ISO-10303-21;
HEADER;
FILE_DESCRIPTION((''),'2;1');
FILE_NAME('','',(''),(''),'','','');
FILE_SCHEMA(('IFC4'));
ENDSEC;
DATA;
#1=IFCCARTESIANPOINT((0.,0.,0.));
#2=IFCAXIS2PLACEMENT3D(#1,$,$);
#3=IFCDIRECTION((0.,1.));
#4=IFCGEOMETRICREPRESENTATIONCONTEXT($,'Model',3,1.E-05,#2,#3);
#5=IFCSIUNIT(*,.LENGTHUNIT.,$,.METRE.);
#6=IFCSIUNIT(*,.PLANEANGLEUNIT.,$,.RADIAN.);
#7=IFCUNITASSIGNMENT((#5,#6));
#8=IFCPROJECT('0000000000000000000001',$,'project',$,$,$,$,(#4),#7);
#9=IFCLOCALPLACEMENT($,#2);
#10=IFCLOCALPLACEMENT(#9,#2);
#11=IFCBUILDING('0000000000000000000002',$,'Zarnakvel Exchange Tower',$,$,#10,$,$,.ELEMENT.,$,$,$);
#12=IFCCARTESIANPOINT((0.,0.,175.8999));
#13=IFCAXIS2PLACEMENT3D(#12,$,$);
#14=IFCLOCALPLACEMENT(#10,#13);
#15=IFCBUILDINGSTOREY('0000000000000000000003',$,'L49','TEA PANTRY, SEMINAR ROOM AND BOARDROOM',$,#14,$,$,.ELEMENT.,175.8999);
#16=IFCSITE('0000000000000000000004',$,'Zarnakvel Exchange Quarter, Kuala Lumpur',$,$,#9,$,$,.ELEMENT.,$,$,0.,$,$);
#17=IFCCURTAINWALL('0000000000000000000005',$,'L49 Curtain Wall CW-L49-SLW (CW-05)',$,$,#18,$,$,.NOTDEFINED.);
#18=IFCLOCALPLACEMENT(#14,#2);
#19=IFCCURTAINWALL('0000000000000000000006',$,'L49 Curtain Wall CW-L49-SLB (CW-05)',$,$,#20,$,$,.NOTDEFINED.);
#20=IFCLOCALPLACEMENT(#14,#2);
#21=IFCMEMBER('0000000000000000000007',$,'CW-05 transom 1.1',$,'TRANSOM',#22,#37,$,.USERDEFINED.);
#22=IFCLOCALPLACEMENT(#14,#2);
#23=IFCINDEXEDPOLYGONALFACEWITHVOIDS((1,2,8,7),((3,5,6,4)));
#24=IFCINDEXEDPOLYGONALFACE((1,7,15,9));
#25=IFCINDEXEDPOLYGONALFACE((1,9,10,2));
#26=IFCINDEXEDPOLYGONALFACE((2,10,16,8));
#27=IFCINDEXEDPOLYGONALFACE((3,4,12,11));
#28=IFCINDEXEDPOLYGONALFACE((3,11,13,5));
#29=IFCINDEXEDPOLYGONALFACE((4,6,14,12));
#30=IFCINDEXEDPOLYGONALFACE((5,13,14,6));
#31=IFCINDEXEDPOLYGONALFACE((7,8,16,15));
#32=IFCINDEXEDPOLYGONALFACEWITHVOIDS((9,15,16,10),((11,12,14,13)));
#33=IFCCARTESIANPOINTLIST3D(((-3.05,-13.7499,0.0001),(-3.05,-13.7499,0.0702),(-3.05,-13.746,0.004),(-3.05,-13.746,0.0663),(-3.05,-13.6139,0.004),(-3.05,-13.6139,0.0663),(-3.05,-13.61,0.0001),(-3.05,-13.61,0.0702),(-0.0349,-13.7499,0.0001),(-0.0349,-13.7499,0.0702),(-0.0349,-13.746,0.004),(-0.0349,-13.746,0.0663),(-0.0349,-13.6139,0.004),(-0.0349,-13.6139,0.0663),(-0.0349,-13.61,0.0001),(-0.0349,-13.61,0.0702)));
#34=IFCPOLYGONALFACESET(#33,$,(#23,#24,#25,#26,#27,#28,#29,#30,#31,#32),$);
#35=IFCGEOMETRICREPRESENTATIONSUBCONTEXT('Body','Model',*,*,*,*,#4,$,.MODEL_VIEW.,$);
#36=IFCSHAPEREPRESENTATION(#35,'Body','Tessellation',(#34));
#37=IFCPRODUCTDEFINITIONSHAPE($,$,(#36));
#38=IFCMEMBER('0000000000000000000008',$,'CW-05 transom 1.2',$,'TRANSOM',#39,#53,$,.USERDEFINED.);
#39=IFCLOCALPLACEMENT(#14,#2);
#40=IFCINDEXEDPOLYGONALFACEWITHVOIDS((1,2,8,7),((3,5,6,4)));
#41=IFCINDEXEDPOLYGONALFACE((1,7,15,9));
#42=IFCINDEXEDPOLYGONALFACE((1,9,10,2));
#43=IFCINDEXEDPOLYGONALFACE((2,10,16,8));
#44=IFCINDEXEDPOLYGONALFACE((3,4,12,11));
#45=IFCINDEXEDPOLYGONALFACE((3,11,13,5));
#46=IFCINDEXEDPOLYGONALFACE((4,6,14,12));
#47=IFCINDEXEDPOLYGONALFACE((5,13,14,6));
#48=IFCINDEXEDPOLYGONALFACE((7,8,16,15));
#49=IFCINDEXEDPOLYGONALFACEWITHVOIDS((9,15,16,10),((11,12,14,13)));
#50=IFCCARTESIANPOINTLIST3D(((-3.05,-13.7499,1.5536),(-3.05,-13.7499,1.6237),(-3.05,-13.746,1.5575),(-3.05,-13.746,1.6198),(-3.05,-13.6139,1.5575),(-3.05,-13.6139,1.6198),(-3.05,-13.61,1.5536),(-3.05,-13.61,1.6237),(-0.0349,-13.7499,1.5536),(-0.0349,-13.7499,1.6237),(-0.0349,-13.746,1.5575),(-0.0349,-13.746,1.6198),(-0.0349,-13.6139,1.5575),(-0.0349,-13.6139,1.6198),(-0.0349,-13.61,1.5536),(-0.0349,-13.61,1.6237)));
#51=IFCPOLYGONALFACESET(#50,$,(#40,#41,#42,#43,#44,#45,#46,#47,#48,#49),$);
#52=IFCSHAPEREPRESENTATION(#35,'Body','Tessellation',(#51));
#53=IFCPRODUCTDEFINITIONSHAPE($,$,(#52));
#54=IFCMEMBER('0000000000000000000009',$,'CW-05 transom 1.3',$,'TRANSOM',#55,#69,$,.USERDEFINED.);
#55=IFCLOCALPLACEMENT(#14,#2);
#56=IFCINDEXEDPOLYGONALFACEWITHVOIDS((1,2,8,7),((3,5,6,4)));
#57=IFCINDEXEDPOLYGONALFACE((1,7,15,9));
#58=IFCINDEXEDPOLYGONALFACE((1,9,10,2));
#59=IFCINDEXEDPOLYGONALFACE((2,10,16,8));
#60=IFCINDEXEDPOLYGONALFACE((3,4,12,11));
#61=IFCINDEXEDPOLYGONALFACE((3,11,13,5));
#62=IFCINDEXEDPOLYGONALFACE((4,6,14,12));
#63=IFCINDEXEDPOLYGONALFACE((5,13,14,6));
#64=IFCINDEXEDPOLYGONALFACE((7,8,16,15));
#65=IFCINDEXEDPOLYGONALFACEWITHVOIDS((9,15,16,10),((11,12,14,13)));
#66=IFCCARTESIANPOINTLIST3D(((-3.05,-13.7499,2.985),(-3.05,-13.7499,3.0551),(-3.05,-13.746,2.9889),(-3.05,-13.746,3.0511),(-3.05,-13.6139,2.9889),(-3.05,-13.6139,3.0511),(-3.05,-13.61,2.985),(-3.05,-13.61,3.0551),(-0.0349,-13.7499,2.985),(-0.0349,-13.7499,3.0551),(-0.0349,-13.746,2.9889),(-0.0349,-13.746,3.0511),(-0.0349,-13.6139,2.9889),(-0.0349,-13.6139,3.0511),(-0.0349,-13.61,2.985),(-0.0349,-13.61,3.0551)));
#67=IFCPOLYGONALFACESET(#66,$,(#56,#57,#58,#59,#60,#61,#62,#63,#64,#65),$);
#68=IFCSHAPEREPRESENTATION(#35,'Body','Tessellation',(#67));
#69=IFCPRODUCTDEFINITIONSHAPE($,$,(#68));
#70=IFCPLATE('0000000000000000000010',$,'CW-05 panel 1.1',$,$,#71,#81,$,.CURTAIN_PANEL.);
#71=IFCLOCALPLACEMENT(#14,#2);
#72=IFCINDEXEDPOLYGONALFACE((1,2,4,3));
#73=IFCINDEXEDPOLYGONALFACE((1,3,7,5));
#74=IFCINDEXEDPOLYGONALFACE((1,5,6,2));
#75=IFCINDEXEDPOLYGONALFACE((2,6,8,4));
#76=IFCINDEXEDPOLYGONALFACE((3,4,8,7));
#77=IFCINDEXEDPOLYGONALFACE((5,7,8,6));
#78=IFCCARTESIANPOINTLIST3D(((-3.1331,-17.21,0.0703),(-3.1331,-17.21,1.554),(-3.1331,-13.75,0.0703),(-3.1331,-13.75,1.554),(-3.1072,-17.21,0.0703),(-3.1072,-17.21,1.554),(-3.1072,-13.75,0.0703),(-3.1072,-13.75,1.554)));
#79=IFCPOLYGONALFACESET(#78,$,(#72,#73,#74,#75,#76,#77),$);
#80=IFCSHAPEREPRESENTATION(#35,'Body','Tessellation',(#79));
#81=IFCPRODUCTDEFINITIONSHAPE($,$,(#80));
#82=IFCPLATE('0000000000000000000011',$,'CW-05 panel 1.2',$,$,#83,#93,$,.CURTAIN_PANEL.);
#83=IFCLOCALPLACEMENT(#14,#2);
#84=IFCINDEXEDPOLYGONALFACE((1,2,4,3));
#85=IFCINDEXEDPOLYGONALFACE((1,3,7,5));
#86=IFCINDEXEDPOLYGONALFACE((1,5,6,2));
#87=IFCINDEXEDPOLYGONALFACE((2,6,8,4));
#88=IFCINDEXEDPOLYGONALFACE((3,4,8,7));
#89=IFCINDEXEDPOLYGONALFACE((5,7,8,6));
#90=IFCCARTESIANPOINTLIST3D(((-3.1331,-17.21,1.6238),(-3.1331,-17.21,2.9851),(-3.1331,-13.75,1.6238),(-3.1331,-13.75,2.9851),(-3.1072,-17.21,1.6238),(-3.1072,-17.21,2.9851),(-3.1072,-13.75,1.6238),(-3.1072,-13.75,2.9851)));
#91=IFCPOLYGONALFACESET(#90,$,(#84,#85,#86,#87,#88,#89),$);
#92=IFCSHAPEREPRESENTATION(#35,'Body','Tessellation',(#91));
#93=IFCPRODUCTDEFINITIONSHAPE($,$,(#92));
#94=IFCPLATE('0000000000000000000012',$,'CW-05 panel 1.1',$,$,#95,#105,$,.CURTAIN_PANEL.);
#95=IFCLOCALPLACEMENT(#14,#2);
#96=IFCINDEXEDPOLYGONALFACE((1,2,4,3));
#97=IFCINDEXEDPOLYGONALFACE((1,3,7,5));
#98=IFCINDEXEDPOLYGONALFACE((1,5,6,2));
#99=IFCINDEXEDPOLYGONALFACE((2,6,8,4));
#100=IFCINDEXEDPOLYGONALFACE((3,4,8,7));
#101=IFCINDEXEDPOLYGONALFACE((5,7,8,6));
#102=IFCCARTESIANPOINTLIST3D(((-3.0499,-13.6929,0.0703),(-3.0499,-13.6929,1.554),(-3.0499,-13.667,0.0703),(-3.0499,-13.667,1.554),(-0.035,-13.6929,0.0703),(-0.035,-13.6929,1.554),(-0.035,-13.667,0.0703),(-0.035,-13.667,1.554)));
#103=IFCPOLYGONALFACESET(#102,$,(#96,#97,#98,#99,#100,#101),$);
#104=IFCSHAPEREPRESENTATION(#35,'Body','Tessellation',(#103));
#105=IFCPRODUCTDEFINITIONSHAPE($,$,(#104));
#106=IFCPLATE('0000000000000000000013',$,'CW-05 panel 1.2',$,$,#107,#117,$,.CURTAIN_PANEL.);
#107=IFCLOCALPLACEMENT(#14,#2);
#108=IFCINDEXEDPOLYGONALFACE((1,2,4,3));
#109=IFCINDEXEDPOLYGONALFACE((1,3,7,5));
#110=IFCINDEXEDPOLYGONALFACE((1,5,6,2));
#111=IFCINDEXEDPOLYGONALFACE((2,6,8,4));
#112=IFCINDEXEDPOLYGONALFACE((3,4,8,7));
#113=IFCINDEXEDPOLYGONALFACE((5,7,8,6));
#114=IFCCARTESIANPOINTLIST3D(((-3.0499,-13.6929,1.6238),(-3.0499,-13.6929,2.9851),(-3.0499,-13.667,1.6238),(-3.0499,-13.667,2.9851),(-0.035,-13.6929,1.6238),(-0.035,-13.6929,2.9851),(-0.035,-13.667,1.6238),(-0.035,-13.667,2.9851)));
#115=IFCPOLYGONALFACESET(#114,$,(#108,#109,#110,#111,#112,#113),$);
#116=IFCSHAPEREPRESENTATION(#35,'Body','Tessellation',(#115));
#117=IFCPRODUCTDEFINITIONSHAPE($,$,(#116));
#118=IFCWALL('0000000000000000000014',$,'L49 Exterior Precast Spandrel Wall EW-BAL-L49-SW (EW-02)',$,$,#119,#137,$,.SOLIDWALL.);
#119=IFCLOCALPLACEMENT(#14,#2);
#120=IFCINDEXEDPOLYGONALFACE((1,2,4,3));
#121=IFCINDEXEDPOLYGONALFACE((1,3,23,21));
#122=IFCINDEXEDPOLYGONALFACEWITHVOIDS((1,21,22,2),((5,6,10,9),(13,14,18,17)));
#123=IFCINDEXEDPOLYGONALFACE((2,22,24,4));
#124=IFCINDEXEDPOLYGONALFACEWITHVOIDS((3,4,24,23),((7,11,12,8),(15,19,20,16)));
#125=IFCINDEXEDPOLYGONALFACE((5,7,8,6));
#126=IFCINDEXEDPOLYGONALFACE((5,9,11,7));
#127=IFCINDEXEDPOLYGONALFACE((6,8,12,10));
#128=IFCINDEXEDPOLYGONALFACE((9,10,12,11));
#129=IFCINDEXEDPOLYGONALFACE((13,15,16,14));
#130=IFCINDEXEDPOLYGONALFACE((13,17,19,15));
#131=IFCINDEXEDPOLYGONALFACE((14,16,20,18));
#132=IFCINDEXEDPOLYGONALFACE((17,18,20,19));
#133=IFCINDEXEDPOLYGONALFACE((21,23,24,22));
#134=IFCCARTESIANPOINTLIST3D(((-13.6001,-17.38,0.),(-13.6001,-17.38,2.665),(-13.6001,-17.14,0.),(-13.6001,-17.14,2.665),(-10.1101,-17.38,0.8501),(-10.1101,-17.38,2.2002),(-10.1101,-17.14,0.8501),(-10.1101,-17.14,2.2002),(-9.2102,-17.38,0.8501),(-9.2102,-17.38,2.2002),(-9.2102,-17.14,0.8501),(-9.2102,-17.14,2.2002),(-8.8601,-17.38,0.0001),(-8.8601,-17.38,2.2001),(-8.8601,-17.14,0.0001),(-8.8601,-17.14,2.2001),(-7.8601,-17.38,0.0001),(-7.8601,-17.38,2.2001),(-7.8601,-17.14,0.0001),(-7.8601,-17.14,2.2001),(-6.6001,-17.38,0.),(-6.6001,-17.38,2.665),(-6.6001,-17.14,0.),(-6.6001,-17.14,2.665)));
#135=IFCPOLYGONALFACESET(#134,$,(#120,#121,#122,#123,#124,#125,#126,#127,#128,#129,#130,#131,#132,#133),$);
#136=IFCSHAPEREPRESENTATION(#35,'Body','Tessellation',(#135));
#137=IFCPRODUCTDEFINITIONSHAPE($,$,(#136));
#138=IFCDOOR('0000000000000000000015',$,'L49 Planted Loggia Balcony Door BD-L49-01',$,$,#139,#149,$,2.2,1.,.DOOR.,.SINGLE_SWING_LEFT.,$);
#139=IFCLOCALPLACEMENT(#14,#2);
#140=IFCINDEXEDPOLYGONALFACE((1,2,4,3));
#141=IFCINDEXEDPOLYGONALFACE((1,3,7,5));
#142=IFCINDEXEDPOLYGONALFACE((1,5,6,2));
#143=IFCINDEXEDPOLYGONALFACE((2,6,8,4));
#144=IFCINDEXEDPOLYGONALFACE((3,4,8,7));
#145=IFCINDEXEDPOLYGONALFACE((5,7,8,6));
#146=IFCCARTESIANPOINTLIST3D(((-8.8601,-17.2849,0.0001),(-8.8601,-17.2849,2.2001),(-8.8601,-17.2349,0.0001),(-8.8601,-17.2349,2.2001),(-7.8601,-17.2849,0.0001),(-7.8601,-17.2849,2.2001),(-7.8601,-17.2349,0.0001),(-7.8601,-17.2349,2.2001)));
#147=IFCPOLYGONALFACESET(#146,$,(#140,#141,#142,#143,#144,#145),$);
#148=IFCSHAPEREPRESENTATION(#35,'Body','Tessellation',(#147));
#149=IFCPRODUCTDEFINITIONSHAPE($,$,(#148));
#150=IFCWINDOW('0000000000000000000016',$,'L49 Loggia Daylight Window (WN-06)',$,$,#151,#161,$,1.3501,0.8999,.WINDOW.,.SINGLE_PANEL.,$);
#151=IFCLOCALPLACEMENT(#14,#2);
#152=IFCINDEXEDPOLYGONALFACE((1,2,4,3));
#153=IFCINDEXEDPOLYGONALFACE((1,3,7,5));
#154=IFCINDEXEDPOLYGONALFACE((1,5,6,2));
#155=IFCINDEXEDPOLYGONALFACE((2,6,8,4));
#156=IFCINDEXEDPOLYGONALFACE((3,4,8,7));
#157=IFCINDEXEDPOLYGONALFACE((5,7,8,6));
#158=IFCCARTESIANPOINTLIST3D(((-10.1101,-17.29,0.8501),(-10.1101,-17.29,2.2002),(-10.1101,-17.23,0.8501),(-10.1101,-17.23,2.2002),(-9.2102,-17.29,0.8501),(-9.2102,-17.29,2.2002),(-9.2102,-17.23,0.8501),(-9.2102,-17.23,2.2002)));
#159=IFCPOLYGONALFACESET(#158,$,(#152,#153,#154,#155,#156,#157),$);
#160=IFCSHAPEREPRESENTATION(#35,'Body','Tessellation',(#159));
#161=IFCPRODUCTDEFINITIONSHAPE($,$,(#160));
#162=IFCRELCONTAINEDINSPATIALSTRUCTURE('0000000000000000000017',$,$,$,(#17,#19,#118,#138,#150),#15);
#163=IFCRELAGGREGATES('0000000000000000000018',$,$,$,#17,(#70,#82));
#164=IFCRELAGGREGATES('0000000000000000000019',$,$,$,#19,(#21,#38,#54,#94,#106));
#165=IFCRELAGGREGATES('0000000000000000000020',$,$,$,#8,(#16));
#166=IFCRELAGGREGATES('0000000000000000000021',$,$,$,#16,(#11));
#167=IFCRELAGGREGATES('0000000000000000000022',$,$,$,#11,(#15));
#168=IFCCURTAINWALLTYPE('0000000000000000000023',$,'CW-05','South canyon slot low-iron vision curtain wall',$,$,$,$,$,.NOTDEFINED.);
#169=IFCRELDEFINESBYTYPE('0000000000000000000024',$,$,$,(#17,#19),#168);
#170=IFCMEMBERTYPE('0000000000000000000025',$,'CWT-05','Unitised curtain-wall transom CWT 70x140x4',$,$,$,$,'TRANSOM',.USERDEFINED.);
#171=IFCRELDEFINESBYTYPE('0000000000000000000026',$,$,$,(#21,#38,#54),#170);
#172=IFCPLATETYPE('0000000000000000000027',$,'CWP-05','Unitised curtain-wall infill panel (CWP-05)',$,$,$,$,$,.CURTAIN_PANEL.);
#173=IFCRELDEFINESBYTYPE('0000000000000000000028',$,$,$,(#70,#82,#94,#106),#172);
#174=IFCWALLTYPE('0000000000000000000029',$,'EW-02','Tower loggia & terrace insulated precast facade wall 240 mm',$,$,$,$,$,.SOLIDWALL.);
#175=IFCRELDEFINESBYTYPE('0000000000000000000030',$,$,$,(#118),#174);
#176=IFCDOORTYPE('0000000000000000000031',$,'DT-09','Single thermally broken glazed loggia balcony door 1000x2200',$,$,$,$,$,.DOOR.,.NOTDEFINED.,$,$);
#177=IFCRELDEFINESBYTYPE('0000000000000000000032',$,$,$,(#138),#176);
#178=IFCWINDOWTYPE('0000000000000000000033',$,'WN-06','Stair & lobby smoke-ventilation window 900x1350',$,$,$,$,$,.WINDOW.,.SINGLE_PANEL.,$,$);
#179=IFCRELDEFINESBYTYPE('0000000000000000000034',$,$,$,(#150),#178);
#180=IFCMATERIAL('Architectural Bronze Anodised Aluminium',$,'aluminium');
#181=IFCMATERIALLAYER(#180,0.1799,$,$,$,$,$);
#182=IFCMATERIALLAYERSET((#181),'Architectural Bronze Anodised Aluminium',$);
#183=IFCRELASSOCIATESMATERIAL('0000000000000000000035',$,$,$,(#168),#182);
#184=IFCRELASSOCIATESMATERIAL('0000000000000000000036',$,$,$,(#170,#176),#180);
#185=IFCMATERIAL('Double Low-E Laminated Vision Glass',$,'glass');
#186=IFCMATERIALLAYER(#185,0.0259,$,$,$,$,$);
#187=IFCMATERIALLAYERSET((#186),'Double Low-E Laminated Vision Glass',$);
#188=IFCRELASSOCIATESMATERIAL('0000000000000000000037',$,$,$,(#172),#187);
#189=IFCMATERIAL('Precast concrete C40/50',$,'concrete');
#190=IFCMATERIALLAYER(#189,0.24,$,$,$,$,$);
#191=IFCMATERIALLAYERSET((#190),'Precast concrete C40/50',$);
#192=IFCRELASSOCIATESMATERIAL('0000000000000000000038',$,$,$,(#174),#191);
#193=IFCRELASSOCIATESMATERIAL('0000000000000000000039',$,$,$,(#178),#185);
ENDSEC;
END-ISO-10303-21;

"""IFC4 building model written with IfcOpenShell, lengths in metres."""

from ifc_helpers import new_model, si_unit, direction, frame, frame_2d, origin, origin_2d, place, context, subcontext, project, spatial, rectangle, hollow_rectangle, extrude, source, transform, mapped, material, layer, layer_set, material_profile, profile_set, type_object, element, fill, aggregate, save


model = new_model("IFC4")

# Units and contexts
model_context = context("Model", 3, precision=1e-05, world=origin(), true_north=direction((0.0, 1.0)))
body_context = subcontext(model_context, "Body", "Model", "MODEL_VIEW")
ifc_project = project(units=[si_unit("LENGTHUNIT", "METRE"), si_unit("PLANEANGLEUNIT", "RADIAN")], contexts=[model_context])

# Site, building, storey
site_placement = place(None, origin())
site = spatial("IfcSite", under=ifc_project, at=site_placement, Name="Zarnakvel Exchange Quarter, Kuala Lumpur", CompositionType="ELEMENT", RefElevation=0.0)
building_placement = place(site_placement, origin())
building = spatial("IfcBuilding", under=site, at=building_placement, Name="Zarnakvel Exchange Tower", CompositionType="ELEMENT")
storey_placement = place(building_placement, frame((0.0, 0.0, 175.8999)))
storey = spatial("IfcBuildingStorey", under=building, at=storey_placement, Name="L49", Description="TEA PANTRY, SEMINAR ROOM AND BOARDROOM", CompositionType="ELEMENT", Elevation=175.8999)

# Curtain walls
ifc_material_1 = material(Name="Architectural Bronze Anodised Aluminium", Category="aluminium")
ifc_layer_1 = layer(ifc_material_1, 0.1799)
ifc_layer_set_1 = layer_set([ifc_layer_1], Name="Architectural Bronze Anodised Aluminium")
curtain_wall_type = type_object("IfcCurtainWallType", Name="CW-05", Description="South canyon slot low-iron vision curtain wall", PredefinedType="NOTDEFINED", material=ifc_layer_set_1)
curtain_wall_1_placement = place(storey_placement, origin())
curtain_wall_1 = element("IfcCurtainWall", 1, at=curtain_wall_1_placement, inside=storey, type_object=curtain_wall_type, Name="L49 Curtain Wall CW-L49-SLW (CW-05)", PredefinedType="NOTDEFINED")
curtain_wall_2_placement = place(storey_placement, origin())
curtain_wall_2 = element("IfcCurtainWall", 2, at=curtain_wall_2_placement, inside=storey, type_object=curtain_wall_type, Name="L49 Curtain Wall CW-L49-SLB (CW-05)", PredefinedType="NOTDEFINED")

# Members
ifc_material_profile_1 = material_profile(ifc_material_1, hollow_rectangle(XDim=0.1399, YDim=0.0701, WallThickness=0.0039, at=origin_2d()))
ifc_profile_set_1 = profile_set([ifc_material_profile_1], Name="Architectural Bronze Anodised Aluminium")
member_type_1 = type_object("IfcMemberType", Name="CWT-05", Description="Unitised curtain-wall transom CWT 70x140x4", ElementType="TRANSOM", PredefinedType="USERDEFINED", material=ifc_profile_set_1)
shared_shape_1 = source(origin(), body_context, "Body", "SweptSolid", [
    extrude(hollow_rectangle(XDim=0.1399, YDim=0.0701, WallThickness=0.0039, at=origin_2d()), origin(), (0.0, 0.0, 1.0), 3.0151),
])
member_1_placement = place(storey_placement, frame((-3.05, -13.6799, 0.0352), z_axis=(1.0, 0.0, 0.0), x_axis=(0.0, 1.0, 0.0)))
member_1 = element("IfcMember", 3, at=member_1_placement, type_object=member_type_1, Name="CW-05 transom 1.1", ObjectType="TRANSOM", PredefinedType="USERDEFINED", context=body_context, shape_type="MappedRepresentation", body=[
    mapped(shared_shape_1, transform((0.0, 0.0, 0.0), x_axis=(1.0, 0.0, 0.0), y_axis=(0.0, 1.0, 0.0), z_axis=(0.0, 0.0, 1.0), scale=1.0)),
])
member_2_placement = place(storey_placement, frame((-3.05, -13.6799, 1.5886), z_axis=(1.0, 0.0, 0.0), x_axis=(0.0, 1.0, 0.0)))
member_2 = element("IfcMember", 4, at=member_2_placement, type_object=member_type_1, Name="CW-05 transom 1.2", ObjectType="TRANSOM", PredefinedType="USERDEFINED", context=body_context, shape_type="MappedRepresentation", body=[
    mapped(shared_shape_1, transform((0.0, 0.0, 0.0), x_axis=(1.0, 0.0, 0.0), y_axis=(0.0, 1.0, 0.0), z_axis=(0.0, 0.0, 1.0), scale=1.0)),
])
member_3_placement = place(storey_placement, frame((-3.05, -13.6799, 3.02), z_axis=(1.0, 0.0, 0.0), x_axis=(0.0, 1.0, 0.0)))
member_3 = element("IfcMember", 5, at=member_3_placement, type_object=member_type_1, Name="CW-05 transom 1.3", ObjectType="TRANSOM", PredefinedType="USERDEFINED", context=body_context, shape_type="MappedRepresentation", body=[
    mapped(shared_shape_1, transform((0.0, 0.0, 0.0), x_axis=(1.0, 0.0, 0.0), y_axis=(0.0, 1.0, 0.0), z_axis=(0.0, 0.0, 1.0), scale=1.0)),
])

# Plates
ifc_material_2 = material(Name="Double Low-E Laminated Vision Glass", Category="glass")
ifc_layer_2 = layer(ifc_material_2, 0.0259)
ifc_layer_set_2 = layer_set([ifc_layer_2], Name="Double Low-E Laminated Vision Glass")
plate_type = type_object("IfcPlateType", Name="CWP-05", Description="Unitised curtain-wall infill panel (CWP-05)", PredefinedType="CURTAIN_PANEL", material=ifc_layer_set_2)
shared_shape_2 = source(origin(), body_context, "Body", "SweptSolid", [
    extrude(rectangle(XDim=3.46, YDim=0.0259, at=origin_2d()), origin(), (0.0, 0.0, 1.0), 1.4836),
])
plate_1_placement = place(storey_placement, frame((-3.1201, -15.48, 0.0703), z_axis=(0.0, 0.0, 1.0), x_axis=(0.0, 1.0, 0.0)))
plate_1 = element("IfcPlate", 6, at=plate_1_placement, type_object=plate_type, Name="CW-05 panel 1.1", PredefinedType="CURTAIN_PANEL", context=body_context, shape_type="MappedRepresentation", body=[
    mapped(shared_shape_2, transform((0.0, 0.0, 0.0), x_axis=(1.0, 0.0, 0.0), y_axis=(0.0, 1.0, 0.0), z_axis=(0.0, 0.0, 1.0), scale=1.0)),
])
shared_shape_3 = source(origin(), body_context, "Body", "SweptSolid", [
    extrude(rectangle(XDim=3.46, YDim=0.0259, at=origin_2d()), origin(), (0.0, 0.0, 1.0), 1.3613),
])
plate_2_placement = place(storey_placement, frame((-3.1201, -15.48, 1.6238), z_axis=(0.0, 0.0, 1.0), x_axis=(0.0, 1.0, 0.0)))
plate_2 = element("IfcPlate", 7, at=plate_2_placement, type_object=plate_type, Name="CW-05 panel 1.2", PredefinedType="CURTAIN_PANEL", context=body_context, shape_type="MappedRepresentation", body=[
    mapped(shared_shape_3, transform((0.0, 0.0, 0.0), x_axis=(1.0, 0.0, 0.0), y_axis=(0.0, 1.0, 0.0), z_axis=(0.0, 0.0, 1.0), scale=1.0)),
])
aggregate(curtain_wall_1, [plate_1, plate_2])
shared_shape_4 = source(origin(), body_context, "Body", "SweptSolid", [
    extrude(rectangle(XDim=3.0149, YDim=0.0259, at=origin_2d()), origin(), (0.0, 0.0, 1.0), 1.4836),
])
plate_3_placement = place(storey_placement, frame((-1.5425, -13.6799, 0.0703), z_axis=(0.0, 0.0, 1.0), x_axis=(1.0, 0.0, 0.0)))
plate_3 = element("IfcPlate", 8, at=plate_3_placement, type_object=plate_type, Name="CW-05 panel 1.1", PredefinedType="CURTAIN_PANEL", context=body_context, shape_type="MappedRepresentation", body=[
    mapped(shared_shape_4, transform((0.0, 0.0, 0.0), x_axis=(1.0, 0.0, 0.0), y_axis=(0.0, 1.0, 0.0), z_axis=(0.0, 0.0, 1.0), scale=1.0)),
])
shared_shape_5 = source(origin(), body_context, "Body", "SweptSolid", [
    extrude(rectangle(XDim=3.0149, YDim=0.0259, at=origin_2d()), origin(), (0.0, 0.0, 1.0), 1.3613),
])
plate_4_placement = place(storey_placement, frame((-1.5425, -13.6799, 1.6238), z_axis=(0.0, 0.0, 1.0), x_axis=(1.0, 0.0, 0.0)))
plate_4 = element("IfcPlate", 9, at=plate_4_placement, type_object=plate_type, Name="CW-05 panel 1.2", PredefinedType="CURTAIN_PANEL", context=body_context, shape_type="MappedRepresentation", body=[
    mapped(shared_shape_5, transform((0.0, 0.0, 0.0), x_axis=(1.0, 0.0, 0.0), y_axis=(0.0, 1.0, 0.0), z_axis=(0.0, 0.0, 1.0), scale=1.0)),
])
aggregate(curtain_wall_2, [member_1, member_2, member_3, plate_3, plate_4])

# Wall, openings, door, window
ifc_material_3 = material(Name="Precast concrete C40/50", Category="concrete")
ifc_layer_3 = layer(ifc_material_3, 0.24)
ifc_layer_set_3 = layer_set([ifc_layer_3], Name="Precast concrete C40/50")
wall_type = type_object("IfcWallType", Name="EW-02", Description="Tower loggia & terrace insulated precast facade wall 240 mm", PredefinedType="SOLIDWALL", material=ifc_layer_set_3)
wall_1_placement = place(storey_placement, frame((-6.6001, -17.26, 0.0), z_axis=(0.0, 0.0, 1.0), x_axis=(-1.0, 0.0, 0.0)))
wall_1 = element("IfcWall", 10, at=wall_1_placement, inside=storey, type_object=wall_type, Name="L49 Exterior Precast Spandrel Wall EW-BAL-L49-SW (EW-02)", PredefinedType="SOLIDWALL", context=body_context, shape_type="SweptSolid", body=[
    extrude(rectangle(XDim=7.0, YDim=0.24, at=frame_2d((3.5, 0.0))), origin(), (0.0, 0.0, 1.0), 2.665),
])
opening_1_placement = place(wall_1_placement, frame((1.26, 0.0, 0.0)))
opening_1 = element("IfcOpeningElement", 11, at=opening_1_placement, cuts=wall_1, PredefinedType="OPENING", context=body_context, shape_type="SweptSolid", body=[
    extrude(rectangle(XDim=1.0, YDim=2.2, at=frame_2d((0.5, 1.1001))), frame((0.0, 0.1299, 0.0), z_axis=(0.0, -1.0, 0.0), x_axis=(1.0, 0.0, 0.0)), (0.0, 0.0, 1.0), 0.26),
])
opening_2_placement = place(wall_1_placement, frame((2.6101, 0.0, 0.8501)))
opening_2 = element("IfcOpeningElement", 12, at=opening_2_placement, cuts=wall_1, PredefinedType="OPENING", context=body_context, shape_type="SweptSolid", body=[
    extrude(rectangle(XDim=0.8999, YDim=1.3501, at=frame_2d((0.45, 0.675))), frame((0.0, 0.1299, 0.0), z_axis=(0.0, -1.0, 0.0), x_axis=(1.0, 0.0, 0.0)), (0.0, 0.0, 1.0), 0.26),
])
door_type = type_object("IfcDoorType", Name="DT-09", Description="Single thermally broken glazed loggia balcony door 1000x2200", OperationType="NOTDEFINED", PredefinedType="DOOR", material=ifc_material_1)
shared_shape_6 = source(origin(), body_context, "Body", "SweptSolid", [
    extrude(rectangle(XDim=1.0, YDim=2.2, at=frame_2d((0.5, 1.1001))), frame((0.0, 0.0249, 0.0), z_axis=(0.0, -1.0, 0.0), x_axis=(1.0, 0.0, 0.0)), (0.0, 0.0, 1.0), 0.05),
])
door_placement = place(opening_1_placement, origin())
door = element("IfcDoor", 13, at=door_placement, inside=storey, type_object=door_type, Name="L49 Planted Loggia Balcony Door BD-L49-01", OperationType="SINGLE_SWING_LEFT", OverallHeight=2.2, OverallWidth=1.0, PredefinedType="DOOR", context=body_context, shape_type="MappedRepresentation", body=[
    mapped(shared_shape_6, transform((0.0, 0.0, 0.0), x_axis=(1.0, 0.0, 0.0), y_axis=(0.0, 1.0, 0.0), z_axis=(0.0, 0.0, 1.0), scale=1.0)),
])
fill(opening_1, door)
window_type = type_object("IfcWindowType", Name="WN-06", Description="Stair & lobby smoke-ventilation window 900x1350", PartitioningType="SINGLE_PANEL", PredefinedType="WINDOW", material=ifc_material_2)
shared_shape_7 = source(origin(), body_context, "Body", "SweptSolid", [
    extrude(rectangle(XDim=0.8999, YDim=1.3501, at=frame_2d((0.45, 0.675))), frame((0.0, 0.03, 0.0), z_axis=(0.0, -1.0, 0.0), x_axis=(1.0, 0.0, 0.0)), (0.0, 0.0, 1.0), 0.0601),
])
window_placement = place(opening_2_placement, origin())
window = element("IfcWindow", 14, at=window_placement, inside=storey, type_object=window_type, Name="L49 Loggia Daylight Window (WN-06)", OverallHeight=1.3501, OverallWidth=0.8999, PartitioningType="SINGLE_PANEL", PredefinedType="WINDOW", context=body_context, shape_type="MappedRepresentation", body=[
    mapped(shared_shape_7, transform((0.0, 0.0, 0.0), x_axis=(1.0, 0.0, 0.0), y_axis=(0.0, 1.0, 0.0), z_axis=(0.0, 0.0, 1.0), scale=1.0)),
])
fill(opening_2, window)

save(model, "model.ifc")
